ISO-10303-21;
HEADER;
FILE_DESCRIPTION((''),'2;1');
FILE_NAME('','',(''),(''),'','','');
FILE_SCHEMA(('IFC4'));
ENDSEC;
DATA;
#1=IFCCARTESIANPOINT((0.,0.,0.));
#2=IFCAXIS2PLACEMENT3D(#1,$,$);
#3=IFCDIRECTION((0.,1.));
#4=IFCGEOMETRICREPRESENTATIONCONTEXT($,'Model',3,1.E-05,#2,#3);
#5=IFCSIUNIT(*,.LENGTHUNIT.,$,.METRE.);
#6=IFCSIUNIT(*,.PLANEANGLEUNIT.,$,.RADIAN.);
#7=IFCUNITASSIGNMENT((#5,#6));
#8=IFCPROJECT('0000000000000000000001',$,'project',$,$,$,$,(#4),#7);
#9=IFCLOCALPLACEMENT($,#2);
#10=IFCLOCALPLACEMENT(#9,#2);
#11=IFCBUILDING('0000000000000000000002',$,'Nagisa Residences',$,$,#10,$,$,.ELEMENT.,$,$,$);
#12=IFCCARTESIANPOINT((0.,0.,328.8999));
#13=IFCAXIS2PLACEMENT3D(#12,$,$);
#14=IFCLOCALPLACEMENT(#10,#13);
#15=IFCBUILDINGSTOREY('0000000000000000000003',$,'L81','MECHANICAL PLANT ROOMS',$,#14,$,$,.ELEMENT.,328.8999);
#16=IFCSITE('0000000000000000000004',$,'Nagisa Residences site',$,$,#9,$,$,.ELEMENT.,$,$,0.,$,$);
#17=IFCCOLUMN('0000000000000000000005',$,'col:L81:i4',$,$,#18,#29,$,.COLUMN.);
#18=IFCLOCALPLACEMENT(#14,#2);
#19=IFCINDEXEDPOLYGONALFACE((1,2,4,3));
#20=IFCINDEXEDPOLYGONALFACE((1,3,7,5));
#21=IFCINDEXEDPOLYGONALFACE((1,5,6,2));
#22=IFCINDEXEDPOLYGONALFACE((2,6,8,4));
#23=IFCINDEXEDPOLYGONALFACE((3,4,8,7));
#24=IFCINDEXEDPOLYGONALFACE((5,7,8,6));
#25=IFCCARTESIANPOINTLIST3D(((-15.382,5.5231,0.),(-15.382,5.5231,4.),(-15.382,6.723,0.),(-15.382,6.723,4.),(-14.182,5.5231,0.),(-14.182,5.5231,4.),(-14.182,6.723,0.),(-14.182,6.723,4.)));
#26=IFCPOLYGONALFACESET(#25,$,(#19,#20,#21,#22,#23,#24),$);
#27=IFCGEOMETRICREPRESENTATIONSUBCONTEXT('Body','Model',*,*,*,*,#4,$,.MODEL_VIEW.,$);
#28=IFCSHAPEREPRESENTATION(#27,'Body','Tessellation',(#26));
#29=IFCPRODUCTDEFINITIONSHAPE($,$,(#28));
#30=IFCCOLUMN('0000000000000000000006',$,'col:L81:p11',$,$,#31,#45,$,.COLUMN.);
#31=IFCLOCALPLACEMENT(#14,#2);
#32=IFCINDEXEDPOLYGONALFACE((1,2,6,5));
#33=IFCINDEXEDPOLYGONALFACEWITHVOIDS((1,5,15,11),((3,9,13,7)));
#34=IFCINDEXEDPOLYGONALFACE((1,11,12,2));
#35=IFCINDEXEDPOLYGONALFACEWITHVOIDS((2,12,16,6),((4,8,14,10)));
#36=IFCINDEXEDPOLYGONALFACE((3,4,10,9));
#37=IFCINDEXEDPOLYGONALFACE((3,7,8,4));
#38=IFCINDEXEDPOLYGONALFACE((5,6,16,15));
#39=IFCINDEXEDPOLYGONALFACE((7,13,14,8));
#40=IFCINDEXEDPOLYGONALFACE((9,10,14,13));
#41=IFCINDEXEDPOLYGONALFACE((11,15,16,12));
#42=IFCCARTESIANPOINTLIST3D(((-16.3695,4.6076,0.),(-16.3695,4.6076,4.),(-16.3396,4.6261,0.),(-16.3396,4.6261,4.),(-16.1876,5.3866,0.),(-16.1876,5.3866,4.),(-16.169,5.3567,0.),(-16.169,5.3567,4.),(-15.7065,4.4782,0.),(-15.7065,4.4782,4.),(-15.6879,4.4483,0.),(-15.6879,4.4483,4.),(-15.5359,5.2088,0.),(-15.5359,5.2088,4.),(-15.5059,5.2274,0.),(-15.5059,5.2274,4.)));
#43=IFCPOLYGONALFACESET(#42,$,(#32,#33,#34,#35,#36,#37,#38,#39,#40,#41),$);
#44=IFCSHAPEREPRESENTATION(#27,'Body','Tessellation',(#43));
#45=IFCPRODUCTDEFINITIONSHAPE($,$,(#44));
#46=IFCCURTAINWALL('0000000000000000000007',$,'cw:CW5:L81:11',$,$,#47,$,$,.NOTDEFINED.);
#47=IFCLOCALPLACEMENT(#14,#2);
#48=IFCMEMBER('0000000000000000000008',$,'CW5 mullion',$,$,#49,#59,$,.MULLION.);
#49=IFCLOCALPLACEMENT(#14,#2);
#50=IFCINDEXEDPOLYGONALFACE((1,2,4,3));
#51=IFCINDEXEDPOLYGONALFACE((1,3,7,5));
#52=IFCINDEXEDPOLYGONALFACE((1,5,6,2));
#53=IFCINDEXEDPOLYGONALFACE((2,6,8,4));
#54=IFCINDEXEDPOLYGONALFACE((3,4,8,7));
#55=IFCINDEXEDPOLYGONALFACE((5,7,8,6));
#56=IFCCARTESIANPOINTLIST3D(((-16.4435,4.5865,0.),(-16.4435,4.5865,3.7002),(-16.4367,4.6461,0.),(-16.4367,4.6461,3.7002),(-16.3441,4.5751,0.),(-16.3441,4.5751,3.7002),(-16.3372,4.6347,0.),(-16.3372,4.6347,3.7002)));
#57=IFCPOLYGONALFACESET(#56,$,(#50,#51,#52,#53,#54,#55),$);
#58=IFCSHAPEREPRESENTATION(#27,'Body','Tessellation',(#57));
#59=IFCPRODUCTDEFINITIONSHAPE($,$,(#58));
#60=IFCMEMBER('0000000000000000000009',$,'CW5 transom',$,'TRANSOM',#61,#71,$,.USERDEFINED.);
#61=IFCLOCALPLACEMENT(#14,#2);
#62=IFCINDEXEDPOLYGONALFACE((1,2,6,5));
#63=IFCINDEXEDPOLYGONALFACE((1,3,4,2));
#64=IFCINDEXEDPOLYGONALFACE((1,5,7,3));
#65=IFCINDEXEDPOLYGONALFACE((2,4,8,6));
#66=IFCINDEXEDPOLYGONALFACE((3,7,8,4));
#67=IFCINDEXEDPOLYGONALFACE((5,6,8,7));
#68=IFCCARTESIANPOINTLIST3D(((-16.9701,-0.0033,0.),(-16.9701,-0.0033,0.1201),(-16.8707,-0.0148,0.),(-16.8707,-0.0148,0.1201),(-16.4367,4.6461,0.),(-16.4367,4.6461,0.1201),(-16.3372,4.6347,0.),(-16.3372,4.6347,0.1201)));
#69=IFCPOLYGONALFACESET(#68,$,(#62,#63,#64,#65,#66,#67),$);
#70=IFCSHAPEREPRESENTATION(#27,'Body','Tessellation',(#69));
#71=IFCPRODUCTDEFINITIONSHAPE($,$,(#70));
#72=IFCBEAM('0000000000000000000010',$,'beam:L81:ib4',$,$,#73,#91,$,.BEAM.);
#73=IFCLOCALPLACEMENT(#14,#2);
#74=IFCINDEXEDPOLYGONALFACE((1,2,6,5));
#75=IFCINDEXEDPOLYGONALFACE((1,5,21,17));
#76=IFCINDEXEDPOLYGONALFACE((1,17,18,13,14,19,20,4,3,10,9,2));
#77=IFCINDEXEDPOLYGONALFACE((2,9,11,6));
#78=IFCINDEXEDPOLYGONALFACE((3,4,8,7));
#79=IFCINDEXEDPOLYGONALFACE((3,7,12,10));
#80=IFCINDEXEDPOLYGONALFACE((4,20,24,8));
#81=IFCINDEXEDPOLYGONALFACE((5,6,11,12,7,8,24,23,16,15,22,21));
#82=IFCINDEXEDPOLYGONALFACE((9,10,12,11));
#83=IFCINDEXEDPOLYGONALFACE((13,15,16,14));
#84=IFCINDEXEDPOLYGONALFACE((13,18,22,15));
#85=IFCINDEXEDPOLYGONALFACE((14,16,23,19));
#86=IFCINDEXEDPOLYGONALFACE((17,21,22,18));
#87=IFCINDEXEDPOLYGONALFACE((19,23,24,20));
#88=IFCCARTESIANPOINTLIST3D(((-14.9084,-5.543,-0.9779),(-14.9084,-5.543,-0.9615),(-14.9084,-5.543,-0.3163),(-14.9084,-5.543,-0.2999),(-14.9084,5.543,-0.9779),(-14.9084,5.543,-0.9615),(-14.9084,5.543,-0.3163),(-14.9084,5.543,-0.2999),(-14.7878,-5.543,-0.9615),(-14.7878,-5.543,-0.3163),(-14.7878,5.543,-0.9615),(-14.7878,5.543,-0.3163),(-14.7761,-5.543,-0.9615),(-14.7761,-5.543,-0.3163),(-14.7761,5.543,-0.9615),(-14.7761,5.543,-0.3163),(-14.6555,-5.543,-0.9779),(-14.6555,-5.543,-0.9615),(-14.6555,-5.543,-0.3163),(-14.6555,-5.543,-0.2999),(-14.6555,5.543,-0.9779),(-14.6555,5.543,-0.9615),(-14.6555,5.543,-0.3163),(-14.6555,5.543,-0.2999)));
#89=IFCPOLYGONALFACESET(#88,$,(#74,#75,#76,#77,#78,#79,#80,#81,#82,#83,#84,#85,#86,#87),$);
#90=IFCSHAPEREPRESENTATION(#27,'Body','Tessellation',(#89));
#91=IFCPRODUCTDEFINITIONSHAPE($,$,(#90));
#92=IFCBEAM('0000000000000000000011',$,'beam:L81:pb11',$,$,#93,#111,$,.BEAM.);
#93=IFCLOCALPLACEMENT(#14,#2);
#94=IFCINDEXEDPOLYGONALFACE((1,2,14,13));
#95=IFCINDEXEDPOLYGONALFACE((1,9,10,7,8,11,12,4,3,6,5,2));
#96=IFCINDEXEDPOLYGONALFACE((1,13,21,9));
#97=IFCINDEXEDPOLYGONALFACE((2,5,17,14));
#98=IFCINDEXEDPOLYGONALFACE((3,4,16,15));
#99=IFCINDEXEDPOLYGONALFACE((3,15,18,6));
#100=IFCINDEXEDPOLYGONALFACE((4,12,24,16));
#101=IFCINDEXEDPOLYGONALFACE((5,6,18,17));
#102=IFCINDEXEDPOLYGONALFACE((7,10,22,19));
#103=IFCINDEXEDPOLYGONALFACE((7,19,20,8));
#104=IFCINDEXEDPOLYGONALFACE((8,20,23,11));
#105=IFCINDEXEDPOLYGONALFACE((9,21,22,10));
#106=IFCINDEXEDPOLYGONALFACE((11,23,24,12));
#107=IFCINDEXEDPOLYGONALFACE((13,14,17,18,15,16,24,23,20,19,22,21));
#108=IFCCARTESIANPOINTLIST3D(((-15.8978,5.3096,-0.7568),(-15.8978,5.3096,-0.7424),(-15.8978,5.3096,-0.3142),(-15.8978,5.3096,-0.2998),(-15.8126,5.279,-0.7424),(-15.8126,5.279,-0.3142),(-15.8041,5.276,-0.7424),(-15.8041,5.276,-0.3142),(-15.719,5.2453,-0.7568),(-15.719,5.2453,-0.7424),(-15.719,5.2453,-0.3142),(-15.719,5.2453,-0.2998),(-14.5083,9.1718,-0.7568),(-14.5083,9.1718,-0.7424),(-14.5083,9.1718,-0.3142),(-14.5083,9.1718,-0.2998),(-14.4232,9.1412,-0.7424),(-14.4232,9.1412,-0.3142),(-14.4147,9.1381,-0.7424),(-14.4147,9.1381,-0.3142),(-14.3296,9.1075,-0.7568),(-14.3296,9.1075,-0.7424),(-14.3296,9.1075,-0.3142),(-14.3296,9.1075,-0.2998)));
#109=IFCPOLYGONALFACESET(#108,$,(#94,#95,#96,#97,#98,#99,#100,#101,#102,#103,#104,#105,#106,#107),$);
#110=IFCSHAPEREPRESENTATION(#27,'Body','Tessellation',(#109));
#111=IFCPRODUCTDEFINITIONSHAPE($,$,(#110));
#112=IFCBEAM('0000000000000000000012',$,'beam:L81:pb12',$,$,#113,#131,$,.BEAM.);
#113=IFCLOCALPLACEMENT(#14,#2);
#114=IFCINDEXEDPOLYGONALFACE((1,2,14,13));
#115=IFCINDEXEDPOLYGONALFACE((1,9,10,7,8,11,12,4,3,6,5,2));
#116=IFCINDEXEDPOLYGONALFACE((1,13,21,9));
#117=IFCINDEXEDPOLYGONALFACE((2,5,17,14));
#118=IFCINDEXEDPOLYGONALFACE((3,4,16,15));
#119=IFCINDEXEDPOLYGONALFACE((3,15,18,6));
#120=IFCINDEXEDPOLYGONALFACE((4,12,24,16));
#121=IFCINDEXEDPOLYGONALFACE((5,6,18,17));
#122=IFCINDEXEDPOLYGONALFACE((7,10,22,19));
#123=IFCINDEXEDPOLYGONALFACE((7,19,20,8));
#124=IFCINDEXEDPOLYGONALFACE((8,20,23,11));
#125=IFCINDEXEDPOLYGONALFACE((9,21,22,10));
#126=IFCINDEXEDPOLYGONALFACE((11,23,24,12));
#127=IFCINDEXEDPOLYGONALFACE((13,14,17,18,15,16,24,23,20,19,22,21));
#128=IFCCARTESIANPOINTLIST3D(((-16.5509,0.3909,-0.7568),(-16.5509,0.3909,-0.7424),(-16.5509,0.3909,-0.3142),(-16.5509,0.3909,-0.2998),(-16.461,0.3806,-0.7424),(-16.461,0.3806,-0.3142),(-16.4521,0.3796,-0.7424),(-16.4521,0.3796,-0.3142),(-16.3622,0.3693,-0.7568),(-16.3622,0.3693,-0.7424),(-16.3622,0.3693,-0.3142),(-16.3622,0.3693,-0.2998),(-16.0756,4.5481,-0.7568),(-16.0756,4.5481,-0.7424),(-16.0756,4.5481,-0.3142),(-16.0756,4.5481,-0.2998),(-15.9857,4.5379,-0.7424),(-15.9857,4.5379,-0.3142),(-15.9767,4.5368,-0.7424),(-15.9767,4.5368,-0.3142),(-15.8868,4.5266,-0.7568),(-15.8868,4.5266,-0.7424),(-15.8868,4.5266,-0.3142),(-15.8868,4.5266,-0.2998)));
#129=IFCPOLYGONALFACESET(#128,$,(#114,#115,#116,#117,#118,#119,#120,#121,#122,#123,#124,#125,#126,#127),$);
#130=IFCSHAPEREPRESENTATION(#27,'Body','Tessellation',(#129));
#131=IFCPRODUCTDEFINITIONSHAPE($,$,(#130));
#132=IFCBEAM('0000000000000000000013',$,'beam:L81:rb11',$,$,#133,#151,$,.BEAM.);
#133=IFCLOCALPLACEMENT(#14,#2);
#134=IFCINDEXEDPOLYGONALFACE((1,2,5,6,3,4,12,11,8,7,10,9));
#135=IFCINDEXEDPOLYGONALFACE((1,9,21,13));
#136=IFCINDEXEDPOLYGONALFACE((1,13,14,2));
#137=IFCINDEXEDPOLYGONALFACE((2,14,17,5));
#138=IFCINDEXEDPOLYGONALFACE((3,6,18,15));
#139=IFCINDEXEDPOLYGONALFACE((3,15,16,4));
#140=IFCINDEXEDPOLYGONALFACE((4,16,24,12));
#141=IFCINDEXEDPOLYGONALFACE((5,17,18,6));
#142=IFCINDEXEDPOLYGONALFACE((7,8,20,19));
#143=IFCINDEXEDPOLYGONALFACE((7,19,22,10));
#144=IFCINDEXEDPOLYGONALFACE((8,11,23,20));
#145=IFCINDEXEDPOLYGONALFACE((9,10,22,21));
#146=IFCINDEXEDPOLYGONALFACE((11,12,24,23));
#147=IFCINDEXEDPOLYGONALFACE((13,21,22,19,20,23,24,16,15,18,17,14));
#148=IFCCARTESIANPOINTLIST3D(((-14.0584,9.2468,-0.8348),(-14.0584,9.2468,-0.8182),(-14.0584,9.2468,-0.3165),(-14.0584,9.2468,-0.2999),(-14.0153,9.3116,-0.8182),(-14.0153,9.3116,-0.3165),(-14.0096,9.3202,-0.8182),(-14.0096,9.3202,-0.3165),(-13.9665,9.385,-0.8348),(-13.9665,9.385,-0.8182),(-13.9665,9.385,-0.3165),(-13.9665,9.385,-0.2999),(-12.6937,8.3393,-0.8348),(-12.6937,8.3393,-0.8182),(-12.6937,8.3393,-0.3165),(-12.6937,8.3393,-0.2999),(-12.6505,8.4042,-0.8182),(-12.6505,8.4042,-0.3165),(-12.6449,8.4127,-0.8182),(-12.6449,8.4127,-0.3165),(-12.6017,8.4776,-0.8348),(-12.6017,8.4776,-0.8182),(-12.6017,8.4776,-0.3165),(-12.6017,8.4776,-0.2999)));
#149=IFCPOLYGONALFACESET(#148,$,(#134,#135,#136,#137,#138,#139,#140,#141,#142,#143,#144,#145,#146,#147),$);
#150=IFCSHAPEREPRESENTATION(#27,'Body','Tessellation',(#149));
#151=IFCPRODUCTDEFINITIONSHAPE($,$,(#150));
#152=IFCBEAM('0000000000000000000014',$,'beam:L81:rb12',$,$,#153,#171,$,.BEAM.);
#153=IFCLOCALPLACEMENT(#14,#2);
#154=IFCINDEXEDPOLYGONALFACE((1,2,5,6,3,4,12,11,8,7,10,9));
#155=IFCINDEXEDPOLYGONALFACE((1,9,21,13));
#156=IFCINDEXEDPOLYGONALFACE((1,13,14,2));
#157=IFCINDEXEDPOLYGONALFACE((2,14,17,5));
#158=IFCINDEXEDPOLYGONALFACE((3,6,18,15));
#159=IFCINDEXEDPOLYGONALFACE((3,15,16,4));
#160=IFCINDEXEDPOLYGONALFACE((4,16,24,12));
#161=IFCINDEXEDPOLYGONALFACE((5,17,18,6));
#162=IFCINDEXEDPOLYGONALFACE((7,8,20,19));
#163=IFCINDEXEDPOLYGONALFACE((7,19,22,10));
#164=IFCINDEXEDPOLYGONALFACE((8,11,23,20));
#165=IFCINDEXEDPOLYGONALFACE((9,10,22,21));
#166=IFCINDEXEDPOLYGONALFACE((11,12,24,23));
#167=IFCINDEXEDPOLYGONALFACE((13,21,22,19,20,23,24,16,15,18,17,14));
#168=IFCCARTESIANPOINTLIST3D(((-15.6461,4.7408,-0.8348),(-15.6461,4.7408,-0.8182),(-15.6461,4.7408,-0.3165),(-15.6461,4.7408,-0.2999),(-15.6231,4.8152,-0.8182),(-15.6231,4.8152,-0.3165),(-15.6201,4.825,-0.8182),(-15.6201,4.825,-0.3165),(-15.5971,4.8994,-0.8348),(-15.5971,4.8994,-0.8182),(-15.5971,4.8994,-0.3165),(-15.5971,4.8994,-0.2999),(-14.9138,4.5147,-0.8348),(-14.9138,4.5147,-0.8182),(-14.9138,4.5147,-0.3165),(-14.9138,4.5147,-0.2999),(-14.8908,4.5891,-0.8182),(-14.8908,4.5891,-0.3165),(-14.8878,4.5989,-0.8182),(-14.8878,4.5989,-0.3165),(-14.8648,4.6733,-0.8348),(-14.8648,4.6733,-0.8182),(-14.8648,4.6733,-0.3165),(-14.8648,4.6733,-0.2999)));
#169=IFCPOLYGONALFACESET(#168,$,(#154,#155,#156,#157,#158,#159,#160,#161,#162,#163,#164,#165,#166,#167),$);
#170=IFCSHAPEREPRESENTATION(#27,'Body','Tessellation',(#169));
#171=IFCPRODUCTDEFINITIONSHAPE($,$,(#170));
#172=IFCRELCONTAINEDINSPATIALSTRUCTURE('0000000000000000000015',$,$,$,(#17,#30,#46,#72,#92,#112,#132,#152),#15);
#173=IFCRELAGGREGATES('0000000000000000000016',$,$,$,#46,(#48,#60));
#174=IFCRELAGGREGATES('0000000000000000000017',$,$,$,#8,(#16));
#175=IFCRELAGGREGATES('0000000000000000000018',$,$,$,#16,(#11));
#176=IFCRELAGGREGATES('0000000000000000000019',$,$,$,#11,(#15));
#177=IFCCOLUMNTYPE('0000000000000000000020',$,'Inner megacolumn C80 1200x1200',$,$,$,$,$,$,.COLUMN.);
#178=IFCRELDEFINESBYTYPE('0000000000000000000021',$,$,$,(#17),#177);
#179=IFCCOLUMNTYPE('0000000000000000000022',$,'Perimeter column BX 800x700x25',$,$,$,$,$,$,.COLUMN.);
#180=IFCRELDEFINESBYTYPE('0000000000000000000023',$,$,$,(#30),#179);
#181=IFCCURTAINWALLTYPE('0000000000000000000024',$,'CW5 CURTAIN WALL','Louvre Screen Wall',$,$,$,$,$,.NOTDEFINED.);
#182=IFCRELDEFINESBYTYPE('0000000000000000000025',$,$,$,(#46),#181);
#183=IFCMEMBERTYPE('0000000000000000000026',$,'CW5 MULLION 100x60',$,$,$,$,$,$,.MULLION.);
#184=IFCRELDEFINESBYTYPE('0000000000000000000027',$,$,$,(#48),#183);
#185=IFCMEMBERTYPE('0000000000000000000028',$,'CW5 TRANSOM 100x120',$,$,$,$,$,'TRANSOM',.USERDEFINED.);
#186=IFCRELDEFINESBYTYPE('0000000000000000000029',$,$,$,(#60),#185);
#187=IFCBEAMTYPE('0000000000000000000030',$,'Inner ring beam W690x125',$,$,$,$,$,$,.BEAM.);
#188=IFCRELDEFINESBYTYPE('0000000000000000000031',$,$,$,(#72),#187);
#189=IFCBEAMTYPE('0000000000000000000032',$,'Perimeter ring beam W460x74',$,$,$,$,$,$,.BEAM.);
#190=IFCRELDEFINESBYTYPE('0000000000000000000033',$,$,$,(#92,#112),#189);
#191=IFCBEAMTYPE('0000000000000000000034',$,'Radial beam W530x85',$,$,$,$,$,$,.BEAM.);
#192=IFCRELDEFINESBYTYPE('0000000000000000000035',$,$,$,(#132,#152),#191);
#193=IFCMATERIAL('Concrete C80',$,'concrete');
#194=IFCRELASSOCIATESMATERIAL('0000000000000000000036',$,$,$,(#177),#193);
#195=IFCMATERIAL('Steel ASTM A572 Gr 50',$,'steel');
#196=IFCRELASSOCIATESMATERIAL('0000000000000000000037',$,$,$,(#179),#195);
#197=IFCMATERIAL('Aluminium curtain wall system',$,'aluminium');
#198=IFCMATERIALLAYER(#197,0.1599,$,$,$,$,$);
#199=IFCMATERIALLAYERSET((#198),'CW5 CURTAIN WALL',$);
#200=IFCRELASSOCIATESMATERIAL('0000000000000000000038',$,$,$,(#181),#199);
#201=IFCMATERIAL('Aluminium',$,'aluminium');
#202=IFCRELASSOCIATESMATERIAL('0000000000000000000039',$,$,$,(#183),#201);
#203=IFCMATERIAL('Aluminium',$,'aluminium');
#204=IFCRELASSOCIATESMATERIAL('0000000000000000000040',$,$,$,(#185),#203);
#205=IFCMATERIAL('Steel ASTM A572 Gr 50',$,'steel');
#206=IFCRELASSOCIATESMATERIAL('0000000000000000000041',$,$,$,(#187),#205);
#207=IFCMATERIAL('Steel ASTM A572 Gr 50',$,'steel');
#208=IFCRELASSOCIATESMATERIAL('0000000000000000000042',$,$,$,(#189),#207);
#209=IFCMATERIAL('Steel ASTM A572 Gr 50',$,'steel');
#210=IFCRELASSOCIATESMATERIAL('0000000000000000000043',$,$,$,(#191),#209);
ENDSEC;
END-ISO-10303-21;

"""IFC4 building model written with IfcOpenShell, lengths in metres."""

from ifc_helpers import new_model, si_unit, direction, frame, origin, origin_2d, place, context, subcontext, project, spatial, rectangle, hollow_rectangle, i_section, extrude, material, layer, layer_set, material_profile, profile_set, type_object, element, aggregate, save


model = new_model("IFC4")

# Units and contexts
model_context = context("Model", 3, precision=1e-05, world=origin(), true_north=direction((0.0, 1.0)))
body_context = subcontext(model_context, "Body", "Model", "MODEL_VIEW")
ifc_project = project(units=[si_unit("LENGTHUNIT", "METRE"), si_unit("PLANEANGLEUNIT", "RADIAN")], contexts=[model_context])

# Site, building, storey
site_placement = place(None, origin())
site = spatial("IfcSite", under=ifc_project, at=site_placement, Name="Nagisa Residences site", CompositionType="ELEMENT", RefElevation=0.0)
building_placement = place(site_placement, origin())
building = spatial("IfcBuilding", under=site, at=building_placement, Name="Nagisa Residences", CompositionType="ELEMENT")
storey_placement = place(building_placement, frame((0.0, 0.0, 328.8999)))
storey = spatial("IfcBuildingStorey", under=building, at=storey_placement, Name="L81", Description="MECHANICAL PLANT ROOMS", CompositionType="ELEMENT", Elevation=328.8999)

# Columns
ifc_material_1 = material(Name="Concrete C80", Category="concrete")
ifc_material_profile_1 = material_profile(ifc_material_1, rectangle(XDim=1.2, YDim=1.2, at=origin_2d()), Name="C80 1200x1200")
ifc_profile_set_1 = profile_set([ifc_material_profile_1], Name="Concrete C80")
column_type_1 = type_object("IfcColumnType", Name="Inner megacolumn C80 1200x1200", PredefinedType="COLUMN", material=ifc_profile_set_1)
column_1_placement = place(storey_placement, frame((-14.782, 6.123, 0.0), z_axis=(0.0, 0.0, 1.0), x_axis=(1.0, 0.0, 0.0)))
element("IfcColumn", 1, at=column_1_placement, inside=storey, type_object=column_type_1, Name="col:L81:i4", PredefinedType="COLUMN", context=body_context, shape_type="SweptSolid", body=[
    extrude(rectangle(XDim=1.2, YDim=1.2, at=origin_2d()), origin(), (0.0, 0.0, 1.0), 4.0),
])
ifc_material_2 = material(Name="Steel ASTM A572 Gr 50", Category="steel")
ifc_material_profile_2 = material_profile(ifc_material_2, hollow_rectangle(XDim=0.8, YDim=0.7, WallThickness=0.0249, at=origin_2d()), Name="BX 800x700x25")
ifc_profile_set_2 = profile_set([ifc_material_profile_2], Name="Steel ASTM A572 Gr 50")
column_type_2 = type_object("IfcColumnType", Name="Perimeter column BX 800x700x25", PredefinedType="COLUMN", material=ifc_profile_set_2)
column_2_placement = place(storey_placement, frame((-15.9377, 4.9175, 0.0), z_axis=(0.0, 0.0, 1.0), x_axis=(-0.227473, -0.973784, 0.0)))
element("IfcColumn", 2, at=column_2_placement, inside=storey, type_object=column_type_2, Name="col:L81:p11", PredefinedType="COLUMN", context=body_context, shape_type="SweptSolid", body=[
    extrude(hollow_rectangle(XDim=0.8, YDim=0.7, WallThickness=0.0249, at=origin_2d()), origin(), (0.0, 0.0, 1.0), 4.0),
])

# Curtain wall, members
ifc_material_3 = material(Name="Aluminium curtain wall system", Category="aluminium")
ifc_layer_1 = layer(ifc_material_3, 0.1599)
ifc_layer_set_1 = layer_set([ifc_layer_1], Name="CW5 CURTAIN WALL")
curtain_wall_type = type_object("IfcCurtainWallType", Name="CW5 CURTAIN WALL", Description="Louvre Screen Wall", PredefinedType="NOTDEFINED", material=ifc_layer_set_1)
curtain_wall_1_placement = place(storey_placement, origin())
curtain_wall_1 = element("IfcCurtainWall", 3, at=curtain_wall_1_placement, inside=storey, type_object=curtain_wall_type, Name="cw:CW5:L81:11", PredefinedType="NOTDEFINED")
ifc_material_4 = material(Name="Aluminium", Category="aluminium")
ifc_material_profile_3 = material_profile(ifc_material_4, rectangle(XDim=0.1001, YDim=0.0601, at=origin_2d()), Name="CW5 MULLION 100x60")
ifc_profile_set_3 = profile_set([ifc_material_profile_3], Name="Aluminium")
member_type_1 = type_object("IfcMemberType", Name="CW5 MULLION 100x60", PredefinedType="MULLION", material=ifc_profile_set_3)
member_1_placement = place(storey_placement, frame((-16.3904, 4.6106, 0.0), z_axis=(0.0, 0.0, 1.0), x_axis=(0.993478, -0.114025, 0.0)))
member_1 = element("IfcMember", 4, at=member_1_placement, type_object=member_type_1, Name="CW5 mullion", PredefinedType="MULLION", context=body_context, shape_type="SweptSolid", body=[
    extrude(rectangle(XDim=0.1001, YDim=0.0601, at=origin_2d()), origin(), (0.0, 0.0, 1.0), 3.7002),
])
ifc_material_5 = material(Name="Aluminium", Category="aluminium")
ifc_material_profile_4 = material_profile(ifc_material_5, rectangle(XDim=0.1001, YDim=0.1201, at=origin_2d()), Name="CW5 TRANSOM 100x120")
ifc_profile_set_4 = profile_set([ifc_material_profile_4], Name="Aluminium")
member_type_2 = type_object("IfcMemberType", Name="CW5 TRANSOM 100x120", ElementType="TRANSOM", PredefinedType="USERDEFINED", material=ifc_profile_set_4)
member_2_placement = place(storey_placement, frame((-16.387, 4.6404, 0.0601), z_axis=(-0.113986, -0.993482, 0.0), x_axis=(0.993482, -0.113986, 0.0)))
member_2 = element("IfcMember", 5, at=member_2_placement, type_object=member_type_2, Name="CW5 transom", ObjectType="TRANSOM", PredefinedType="USERDEFINED", context=body_context, shape_type="SweptSolid", body=[
    extrude(rectangle(XDim=0.1001, YDim=0.1201, at=origin_2d()), origin(), (0.0, 0.0, 1.0), 4.6799),
])

# Beams
ifc_material_6 = material(Name="Steel ASTM A572 Gr 50", Category="steel")
ifc_material_profile_5 = material_profile(ifc_material_6, i_section(OverallWidth=0.2529, OverallDepth=0.678, WebThickness=0.0117, FlangeThickness=0.0164, at=origin_2d()), Name="W690x125")
ifc_profile_set_5 = profile_set([ifc_material_profile_5], Name="Steel ASTM A572 Gr 50")
beam_type_1 = type_object("IfcBeamType", Name="Inner ring beam W690x125", PredefinedType="BEAM", material=ifc_profile_set_5)
beam_1_placement = place(storey_placement, frame((-14.782, 5.543, -0.6389), z_axis=(0.0, -1.0, 0.0), x_axis=(1.0, 0.0, 0.0)))
element("IfcBeam", 6, at=beam_1_placement, inside=storey, type_object=beam_type_1, Name="beam:L81:ib4", PredefinedType="BEAM", context=body_context, shape_type="SweptSolid", body=[
    extrude(i_section(OverallWidth=0.2529, OverallDepth=0.678, WebThickness=0.0117, FlangeThickness=0.0164, at=origin_2d()), origin(), (0.0, 0.0, 1.0), 11.0859),
])
ifc_material_7 = material(Name="Steel ASTM A572 Gr 50", Category="steel")
ifc_material_profile_6 = material_profile(ifc_material_7, i_section(OverallWidth=0.1899, OverallDepth=0.457, WebThickness=0.009, FlangeThickness=0.0144, at=origin_2d()), Name="W460x74")
ifc_profile_set_6 = profile_set([ifc_material_profile_6], Name="Steel ASTM A572 Gr 50")
beam_type_2 = type_object("IfcBeamType", Name="Perimeter ring beam W460x74", PredefinedType="BEAM", material=ifc_profile_set_6)
beam_2_placement = place(storey_placement, frame((-14.4189, 9.1396, -0.5283), z_axis=(-0.338517, -0.94096, 0.0), x_axis=(0.94096, -0.338517, 0.0)))
element("IfcBeam", 7, at=beam_2_placement, inside=storey, type_object=beam_type_2, Name="beam:L81:pb11", PredefinedType="BEAM", context=body_context, shape_type="SweptSolid", body=[
    extrude(i_section(OverallWidth=0.1899, OverallDepth=0.457, WebThickness=0.009, FlangeThickness=0.0144, at=origin_2d()), origin(), (0.0, 0.0, 1.0), 4.1045),
])
beam_3_placement = place(storey_placement, frame((-15.9812, 4.5374, -0.5283), z_axis=(-0.113601, -0.993526, 0.0), x_axis=(0.993526, -0.113601, 0.0)))
element("IfcBeam", 8, at=beam_3_placement, inside=storey, type_object=beam_type_2, Name="beam:L81:pb12", PredefinedType="BEAM", context=body_context, shape_type="SweptSolid", body=[
    extrude(i_section(OverallWidth=0.1899, OverallDepth=0.457, WebThickness=0.009, FlangeThickness=0.0144, at=origin_2d()), origin(), (0.0, 0.0, 1.0), 4.1843),
])
ifc_material_8 = material(Name="Steel ASTM A572 Gr 50", Category="steel")
ifc_material_profile_7 = material_profile(ifc_material_8, i_section(OverallWidth=0.166, OverallDepth=0.5349, WebThickness=0.0103, FlangeThickness=0.0166, at=origin_2d()), Name="W530x85")
ifc_profile_set_7 = profile_set([ifc_material_profile_7], Name="Steel ASTM A572 Gr 50")
beam_type_3 = type_object("IfcBeamType", Name="Radial beam W530x85", PredefinedType="BEAM", material=ifc_profile_set_7)
beam_4_placement = place(storey_placement, frame((-14.0125, 9.3159, -0.5674), z_axis=(0.832714, -0.553703, 0.0), x_axis=(0.553703, 0.832714, 0.0)))
element("IfcBeam", 9, at=beam_4_placement, inside=storey, type_object=beam_type_3, Name="beam:L81:rb11", PredefinedType="BEAM", context=body_context, shape_type="SweptSolid", body=[
    extrude(i_section(OverallWidth=0.166, OverallDepth=0.5349, WebThickness=0.0103, FlangeThickness=0.0166, at=origin_2d()), origin(), (0.0, 0.0, 1.0), 1.6389),
])
beam_5_placement = place(storey_placement, frame((-15.6216, 4.8201, -0.5674), z_axis=(0.955489, -0.295026, 0.0), x_axis=(0.295026, 0.955489, 0.0)))
element("IfcBeam", 10, at=beam_5_placement, inside=storey, type_object=beam_type_3, Name="beam:L81:rb12", PredefinedType="BEAM", context=body_context, shape_type="SweptSolid", body=[
    extrude(i_section(OverallWidth=0.166, OverallDepth=0.5349, WebThickness=0.0103, FlangeThickness=0.0166, at=origin_2d()), origin(), (0.0, 0.0, 1.0), 0.7664),
])

aggregate(curtain_wall_1, [member_1, member_2])

save(model, "model.ifc")
